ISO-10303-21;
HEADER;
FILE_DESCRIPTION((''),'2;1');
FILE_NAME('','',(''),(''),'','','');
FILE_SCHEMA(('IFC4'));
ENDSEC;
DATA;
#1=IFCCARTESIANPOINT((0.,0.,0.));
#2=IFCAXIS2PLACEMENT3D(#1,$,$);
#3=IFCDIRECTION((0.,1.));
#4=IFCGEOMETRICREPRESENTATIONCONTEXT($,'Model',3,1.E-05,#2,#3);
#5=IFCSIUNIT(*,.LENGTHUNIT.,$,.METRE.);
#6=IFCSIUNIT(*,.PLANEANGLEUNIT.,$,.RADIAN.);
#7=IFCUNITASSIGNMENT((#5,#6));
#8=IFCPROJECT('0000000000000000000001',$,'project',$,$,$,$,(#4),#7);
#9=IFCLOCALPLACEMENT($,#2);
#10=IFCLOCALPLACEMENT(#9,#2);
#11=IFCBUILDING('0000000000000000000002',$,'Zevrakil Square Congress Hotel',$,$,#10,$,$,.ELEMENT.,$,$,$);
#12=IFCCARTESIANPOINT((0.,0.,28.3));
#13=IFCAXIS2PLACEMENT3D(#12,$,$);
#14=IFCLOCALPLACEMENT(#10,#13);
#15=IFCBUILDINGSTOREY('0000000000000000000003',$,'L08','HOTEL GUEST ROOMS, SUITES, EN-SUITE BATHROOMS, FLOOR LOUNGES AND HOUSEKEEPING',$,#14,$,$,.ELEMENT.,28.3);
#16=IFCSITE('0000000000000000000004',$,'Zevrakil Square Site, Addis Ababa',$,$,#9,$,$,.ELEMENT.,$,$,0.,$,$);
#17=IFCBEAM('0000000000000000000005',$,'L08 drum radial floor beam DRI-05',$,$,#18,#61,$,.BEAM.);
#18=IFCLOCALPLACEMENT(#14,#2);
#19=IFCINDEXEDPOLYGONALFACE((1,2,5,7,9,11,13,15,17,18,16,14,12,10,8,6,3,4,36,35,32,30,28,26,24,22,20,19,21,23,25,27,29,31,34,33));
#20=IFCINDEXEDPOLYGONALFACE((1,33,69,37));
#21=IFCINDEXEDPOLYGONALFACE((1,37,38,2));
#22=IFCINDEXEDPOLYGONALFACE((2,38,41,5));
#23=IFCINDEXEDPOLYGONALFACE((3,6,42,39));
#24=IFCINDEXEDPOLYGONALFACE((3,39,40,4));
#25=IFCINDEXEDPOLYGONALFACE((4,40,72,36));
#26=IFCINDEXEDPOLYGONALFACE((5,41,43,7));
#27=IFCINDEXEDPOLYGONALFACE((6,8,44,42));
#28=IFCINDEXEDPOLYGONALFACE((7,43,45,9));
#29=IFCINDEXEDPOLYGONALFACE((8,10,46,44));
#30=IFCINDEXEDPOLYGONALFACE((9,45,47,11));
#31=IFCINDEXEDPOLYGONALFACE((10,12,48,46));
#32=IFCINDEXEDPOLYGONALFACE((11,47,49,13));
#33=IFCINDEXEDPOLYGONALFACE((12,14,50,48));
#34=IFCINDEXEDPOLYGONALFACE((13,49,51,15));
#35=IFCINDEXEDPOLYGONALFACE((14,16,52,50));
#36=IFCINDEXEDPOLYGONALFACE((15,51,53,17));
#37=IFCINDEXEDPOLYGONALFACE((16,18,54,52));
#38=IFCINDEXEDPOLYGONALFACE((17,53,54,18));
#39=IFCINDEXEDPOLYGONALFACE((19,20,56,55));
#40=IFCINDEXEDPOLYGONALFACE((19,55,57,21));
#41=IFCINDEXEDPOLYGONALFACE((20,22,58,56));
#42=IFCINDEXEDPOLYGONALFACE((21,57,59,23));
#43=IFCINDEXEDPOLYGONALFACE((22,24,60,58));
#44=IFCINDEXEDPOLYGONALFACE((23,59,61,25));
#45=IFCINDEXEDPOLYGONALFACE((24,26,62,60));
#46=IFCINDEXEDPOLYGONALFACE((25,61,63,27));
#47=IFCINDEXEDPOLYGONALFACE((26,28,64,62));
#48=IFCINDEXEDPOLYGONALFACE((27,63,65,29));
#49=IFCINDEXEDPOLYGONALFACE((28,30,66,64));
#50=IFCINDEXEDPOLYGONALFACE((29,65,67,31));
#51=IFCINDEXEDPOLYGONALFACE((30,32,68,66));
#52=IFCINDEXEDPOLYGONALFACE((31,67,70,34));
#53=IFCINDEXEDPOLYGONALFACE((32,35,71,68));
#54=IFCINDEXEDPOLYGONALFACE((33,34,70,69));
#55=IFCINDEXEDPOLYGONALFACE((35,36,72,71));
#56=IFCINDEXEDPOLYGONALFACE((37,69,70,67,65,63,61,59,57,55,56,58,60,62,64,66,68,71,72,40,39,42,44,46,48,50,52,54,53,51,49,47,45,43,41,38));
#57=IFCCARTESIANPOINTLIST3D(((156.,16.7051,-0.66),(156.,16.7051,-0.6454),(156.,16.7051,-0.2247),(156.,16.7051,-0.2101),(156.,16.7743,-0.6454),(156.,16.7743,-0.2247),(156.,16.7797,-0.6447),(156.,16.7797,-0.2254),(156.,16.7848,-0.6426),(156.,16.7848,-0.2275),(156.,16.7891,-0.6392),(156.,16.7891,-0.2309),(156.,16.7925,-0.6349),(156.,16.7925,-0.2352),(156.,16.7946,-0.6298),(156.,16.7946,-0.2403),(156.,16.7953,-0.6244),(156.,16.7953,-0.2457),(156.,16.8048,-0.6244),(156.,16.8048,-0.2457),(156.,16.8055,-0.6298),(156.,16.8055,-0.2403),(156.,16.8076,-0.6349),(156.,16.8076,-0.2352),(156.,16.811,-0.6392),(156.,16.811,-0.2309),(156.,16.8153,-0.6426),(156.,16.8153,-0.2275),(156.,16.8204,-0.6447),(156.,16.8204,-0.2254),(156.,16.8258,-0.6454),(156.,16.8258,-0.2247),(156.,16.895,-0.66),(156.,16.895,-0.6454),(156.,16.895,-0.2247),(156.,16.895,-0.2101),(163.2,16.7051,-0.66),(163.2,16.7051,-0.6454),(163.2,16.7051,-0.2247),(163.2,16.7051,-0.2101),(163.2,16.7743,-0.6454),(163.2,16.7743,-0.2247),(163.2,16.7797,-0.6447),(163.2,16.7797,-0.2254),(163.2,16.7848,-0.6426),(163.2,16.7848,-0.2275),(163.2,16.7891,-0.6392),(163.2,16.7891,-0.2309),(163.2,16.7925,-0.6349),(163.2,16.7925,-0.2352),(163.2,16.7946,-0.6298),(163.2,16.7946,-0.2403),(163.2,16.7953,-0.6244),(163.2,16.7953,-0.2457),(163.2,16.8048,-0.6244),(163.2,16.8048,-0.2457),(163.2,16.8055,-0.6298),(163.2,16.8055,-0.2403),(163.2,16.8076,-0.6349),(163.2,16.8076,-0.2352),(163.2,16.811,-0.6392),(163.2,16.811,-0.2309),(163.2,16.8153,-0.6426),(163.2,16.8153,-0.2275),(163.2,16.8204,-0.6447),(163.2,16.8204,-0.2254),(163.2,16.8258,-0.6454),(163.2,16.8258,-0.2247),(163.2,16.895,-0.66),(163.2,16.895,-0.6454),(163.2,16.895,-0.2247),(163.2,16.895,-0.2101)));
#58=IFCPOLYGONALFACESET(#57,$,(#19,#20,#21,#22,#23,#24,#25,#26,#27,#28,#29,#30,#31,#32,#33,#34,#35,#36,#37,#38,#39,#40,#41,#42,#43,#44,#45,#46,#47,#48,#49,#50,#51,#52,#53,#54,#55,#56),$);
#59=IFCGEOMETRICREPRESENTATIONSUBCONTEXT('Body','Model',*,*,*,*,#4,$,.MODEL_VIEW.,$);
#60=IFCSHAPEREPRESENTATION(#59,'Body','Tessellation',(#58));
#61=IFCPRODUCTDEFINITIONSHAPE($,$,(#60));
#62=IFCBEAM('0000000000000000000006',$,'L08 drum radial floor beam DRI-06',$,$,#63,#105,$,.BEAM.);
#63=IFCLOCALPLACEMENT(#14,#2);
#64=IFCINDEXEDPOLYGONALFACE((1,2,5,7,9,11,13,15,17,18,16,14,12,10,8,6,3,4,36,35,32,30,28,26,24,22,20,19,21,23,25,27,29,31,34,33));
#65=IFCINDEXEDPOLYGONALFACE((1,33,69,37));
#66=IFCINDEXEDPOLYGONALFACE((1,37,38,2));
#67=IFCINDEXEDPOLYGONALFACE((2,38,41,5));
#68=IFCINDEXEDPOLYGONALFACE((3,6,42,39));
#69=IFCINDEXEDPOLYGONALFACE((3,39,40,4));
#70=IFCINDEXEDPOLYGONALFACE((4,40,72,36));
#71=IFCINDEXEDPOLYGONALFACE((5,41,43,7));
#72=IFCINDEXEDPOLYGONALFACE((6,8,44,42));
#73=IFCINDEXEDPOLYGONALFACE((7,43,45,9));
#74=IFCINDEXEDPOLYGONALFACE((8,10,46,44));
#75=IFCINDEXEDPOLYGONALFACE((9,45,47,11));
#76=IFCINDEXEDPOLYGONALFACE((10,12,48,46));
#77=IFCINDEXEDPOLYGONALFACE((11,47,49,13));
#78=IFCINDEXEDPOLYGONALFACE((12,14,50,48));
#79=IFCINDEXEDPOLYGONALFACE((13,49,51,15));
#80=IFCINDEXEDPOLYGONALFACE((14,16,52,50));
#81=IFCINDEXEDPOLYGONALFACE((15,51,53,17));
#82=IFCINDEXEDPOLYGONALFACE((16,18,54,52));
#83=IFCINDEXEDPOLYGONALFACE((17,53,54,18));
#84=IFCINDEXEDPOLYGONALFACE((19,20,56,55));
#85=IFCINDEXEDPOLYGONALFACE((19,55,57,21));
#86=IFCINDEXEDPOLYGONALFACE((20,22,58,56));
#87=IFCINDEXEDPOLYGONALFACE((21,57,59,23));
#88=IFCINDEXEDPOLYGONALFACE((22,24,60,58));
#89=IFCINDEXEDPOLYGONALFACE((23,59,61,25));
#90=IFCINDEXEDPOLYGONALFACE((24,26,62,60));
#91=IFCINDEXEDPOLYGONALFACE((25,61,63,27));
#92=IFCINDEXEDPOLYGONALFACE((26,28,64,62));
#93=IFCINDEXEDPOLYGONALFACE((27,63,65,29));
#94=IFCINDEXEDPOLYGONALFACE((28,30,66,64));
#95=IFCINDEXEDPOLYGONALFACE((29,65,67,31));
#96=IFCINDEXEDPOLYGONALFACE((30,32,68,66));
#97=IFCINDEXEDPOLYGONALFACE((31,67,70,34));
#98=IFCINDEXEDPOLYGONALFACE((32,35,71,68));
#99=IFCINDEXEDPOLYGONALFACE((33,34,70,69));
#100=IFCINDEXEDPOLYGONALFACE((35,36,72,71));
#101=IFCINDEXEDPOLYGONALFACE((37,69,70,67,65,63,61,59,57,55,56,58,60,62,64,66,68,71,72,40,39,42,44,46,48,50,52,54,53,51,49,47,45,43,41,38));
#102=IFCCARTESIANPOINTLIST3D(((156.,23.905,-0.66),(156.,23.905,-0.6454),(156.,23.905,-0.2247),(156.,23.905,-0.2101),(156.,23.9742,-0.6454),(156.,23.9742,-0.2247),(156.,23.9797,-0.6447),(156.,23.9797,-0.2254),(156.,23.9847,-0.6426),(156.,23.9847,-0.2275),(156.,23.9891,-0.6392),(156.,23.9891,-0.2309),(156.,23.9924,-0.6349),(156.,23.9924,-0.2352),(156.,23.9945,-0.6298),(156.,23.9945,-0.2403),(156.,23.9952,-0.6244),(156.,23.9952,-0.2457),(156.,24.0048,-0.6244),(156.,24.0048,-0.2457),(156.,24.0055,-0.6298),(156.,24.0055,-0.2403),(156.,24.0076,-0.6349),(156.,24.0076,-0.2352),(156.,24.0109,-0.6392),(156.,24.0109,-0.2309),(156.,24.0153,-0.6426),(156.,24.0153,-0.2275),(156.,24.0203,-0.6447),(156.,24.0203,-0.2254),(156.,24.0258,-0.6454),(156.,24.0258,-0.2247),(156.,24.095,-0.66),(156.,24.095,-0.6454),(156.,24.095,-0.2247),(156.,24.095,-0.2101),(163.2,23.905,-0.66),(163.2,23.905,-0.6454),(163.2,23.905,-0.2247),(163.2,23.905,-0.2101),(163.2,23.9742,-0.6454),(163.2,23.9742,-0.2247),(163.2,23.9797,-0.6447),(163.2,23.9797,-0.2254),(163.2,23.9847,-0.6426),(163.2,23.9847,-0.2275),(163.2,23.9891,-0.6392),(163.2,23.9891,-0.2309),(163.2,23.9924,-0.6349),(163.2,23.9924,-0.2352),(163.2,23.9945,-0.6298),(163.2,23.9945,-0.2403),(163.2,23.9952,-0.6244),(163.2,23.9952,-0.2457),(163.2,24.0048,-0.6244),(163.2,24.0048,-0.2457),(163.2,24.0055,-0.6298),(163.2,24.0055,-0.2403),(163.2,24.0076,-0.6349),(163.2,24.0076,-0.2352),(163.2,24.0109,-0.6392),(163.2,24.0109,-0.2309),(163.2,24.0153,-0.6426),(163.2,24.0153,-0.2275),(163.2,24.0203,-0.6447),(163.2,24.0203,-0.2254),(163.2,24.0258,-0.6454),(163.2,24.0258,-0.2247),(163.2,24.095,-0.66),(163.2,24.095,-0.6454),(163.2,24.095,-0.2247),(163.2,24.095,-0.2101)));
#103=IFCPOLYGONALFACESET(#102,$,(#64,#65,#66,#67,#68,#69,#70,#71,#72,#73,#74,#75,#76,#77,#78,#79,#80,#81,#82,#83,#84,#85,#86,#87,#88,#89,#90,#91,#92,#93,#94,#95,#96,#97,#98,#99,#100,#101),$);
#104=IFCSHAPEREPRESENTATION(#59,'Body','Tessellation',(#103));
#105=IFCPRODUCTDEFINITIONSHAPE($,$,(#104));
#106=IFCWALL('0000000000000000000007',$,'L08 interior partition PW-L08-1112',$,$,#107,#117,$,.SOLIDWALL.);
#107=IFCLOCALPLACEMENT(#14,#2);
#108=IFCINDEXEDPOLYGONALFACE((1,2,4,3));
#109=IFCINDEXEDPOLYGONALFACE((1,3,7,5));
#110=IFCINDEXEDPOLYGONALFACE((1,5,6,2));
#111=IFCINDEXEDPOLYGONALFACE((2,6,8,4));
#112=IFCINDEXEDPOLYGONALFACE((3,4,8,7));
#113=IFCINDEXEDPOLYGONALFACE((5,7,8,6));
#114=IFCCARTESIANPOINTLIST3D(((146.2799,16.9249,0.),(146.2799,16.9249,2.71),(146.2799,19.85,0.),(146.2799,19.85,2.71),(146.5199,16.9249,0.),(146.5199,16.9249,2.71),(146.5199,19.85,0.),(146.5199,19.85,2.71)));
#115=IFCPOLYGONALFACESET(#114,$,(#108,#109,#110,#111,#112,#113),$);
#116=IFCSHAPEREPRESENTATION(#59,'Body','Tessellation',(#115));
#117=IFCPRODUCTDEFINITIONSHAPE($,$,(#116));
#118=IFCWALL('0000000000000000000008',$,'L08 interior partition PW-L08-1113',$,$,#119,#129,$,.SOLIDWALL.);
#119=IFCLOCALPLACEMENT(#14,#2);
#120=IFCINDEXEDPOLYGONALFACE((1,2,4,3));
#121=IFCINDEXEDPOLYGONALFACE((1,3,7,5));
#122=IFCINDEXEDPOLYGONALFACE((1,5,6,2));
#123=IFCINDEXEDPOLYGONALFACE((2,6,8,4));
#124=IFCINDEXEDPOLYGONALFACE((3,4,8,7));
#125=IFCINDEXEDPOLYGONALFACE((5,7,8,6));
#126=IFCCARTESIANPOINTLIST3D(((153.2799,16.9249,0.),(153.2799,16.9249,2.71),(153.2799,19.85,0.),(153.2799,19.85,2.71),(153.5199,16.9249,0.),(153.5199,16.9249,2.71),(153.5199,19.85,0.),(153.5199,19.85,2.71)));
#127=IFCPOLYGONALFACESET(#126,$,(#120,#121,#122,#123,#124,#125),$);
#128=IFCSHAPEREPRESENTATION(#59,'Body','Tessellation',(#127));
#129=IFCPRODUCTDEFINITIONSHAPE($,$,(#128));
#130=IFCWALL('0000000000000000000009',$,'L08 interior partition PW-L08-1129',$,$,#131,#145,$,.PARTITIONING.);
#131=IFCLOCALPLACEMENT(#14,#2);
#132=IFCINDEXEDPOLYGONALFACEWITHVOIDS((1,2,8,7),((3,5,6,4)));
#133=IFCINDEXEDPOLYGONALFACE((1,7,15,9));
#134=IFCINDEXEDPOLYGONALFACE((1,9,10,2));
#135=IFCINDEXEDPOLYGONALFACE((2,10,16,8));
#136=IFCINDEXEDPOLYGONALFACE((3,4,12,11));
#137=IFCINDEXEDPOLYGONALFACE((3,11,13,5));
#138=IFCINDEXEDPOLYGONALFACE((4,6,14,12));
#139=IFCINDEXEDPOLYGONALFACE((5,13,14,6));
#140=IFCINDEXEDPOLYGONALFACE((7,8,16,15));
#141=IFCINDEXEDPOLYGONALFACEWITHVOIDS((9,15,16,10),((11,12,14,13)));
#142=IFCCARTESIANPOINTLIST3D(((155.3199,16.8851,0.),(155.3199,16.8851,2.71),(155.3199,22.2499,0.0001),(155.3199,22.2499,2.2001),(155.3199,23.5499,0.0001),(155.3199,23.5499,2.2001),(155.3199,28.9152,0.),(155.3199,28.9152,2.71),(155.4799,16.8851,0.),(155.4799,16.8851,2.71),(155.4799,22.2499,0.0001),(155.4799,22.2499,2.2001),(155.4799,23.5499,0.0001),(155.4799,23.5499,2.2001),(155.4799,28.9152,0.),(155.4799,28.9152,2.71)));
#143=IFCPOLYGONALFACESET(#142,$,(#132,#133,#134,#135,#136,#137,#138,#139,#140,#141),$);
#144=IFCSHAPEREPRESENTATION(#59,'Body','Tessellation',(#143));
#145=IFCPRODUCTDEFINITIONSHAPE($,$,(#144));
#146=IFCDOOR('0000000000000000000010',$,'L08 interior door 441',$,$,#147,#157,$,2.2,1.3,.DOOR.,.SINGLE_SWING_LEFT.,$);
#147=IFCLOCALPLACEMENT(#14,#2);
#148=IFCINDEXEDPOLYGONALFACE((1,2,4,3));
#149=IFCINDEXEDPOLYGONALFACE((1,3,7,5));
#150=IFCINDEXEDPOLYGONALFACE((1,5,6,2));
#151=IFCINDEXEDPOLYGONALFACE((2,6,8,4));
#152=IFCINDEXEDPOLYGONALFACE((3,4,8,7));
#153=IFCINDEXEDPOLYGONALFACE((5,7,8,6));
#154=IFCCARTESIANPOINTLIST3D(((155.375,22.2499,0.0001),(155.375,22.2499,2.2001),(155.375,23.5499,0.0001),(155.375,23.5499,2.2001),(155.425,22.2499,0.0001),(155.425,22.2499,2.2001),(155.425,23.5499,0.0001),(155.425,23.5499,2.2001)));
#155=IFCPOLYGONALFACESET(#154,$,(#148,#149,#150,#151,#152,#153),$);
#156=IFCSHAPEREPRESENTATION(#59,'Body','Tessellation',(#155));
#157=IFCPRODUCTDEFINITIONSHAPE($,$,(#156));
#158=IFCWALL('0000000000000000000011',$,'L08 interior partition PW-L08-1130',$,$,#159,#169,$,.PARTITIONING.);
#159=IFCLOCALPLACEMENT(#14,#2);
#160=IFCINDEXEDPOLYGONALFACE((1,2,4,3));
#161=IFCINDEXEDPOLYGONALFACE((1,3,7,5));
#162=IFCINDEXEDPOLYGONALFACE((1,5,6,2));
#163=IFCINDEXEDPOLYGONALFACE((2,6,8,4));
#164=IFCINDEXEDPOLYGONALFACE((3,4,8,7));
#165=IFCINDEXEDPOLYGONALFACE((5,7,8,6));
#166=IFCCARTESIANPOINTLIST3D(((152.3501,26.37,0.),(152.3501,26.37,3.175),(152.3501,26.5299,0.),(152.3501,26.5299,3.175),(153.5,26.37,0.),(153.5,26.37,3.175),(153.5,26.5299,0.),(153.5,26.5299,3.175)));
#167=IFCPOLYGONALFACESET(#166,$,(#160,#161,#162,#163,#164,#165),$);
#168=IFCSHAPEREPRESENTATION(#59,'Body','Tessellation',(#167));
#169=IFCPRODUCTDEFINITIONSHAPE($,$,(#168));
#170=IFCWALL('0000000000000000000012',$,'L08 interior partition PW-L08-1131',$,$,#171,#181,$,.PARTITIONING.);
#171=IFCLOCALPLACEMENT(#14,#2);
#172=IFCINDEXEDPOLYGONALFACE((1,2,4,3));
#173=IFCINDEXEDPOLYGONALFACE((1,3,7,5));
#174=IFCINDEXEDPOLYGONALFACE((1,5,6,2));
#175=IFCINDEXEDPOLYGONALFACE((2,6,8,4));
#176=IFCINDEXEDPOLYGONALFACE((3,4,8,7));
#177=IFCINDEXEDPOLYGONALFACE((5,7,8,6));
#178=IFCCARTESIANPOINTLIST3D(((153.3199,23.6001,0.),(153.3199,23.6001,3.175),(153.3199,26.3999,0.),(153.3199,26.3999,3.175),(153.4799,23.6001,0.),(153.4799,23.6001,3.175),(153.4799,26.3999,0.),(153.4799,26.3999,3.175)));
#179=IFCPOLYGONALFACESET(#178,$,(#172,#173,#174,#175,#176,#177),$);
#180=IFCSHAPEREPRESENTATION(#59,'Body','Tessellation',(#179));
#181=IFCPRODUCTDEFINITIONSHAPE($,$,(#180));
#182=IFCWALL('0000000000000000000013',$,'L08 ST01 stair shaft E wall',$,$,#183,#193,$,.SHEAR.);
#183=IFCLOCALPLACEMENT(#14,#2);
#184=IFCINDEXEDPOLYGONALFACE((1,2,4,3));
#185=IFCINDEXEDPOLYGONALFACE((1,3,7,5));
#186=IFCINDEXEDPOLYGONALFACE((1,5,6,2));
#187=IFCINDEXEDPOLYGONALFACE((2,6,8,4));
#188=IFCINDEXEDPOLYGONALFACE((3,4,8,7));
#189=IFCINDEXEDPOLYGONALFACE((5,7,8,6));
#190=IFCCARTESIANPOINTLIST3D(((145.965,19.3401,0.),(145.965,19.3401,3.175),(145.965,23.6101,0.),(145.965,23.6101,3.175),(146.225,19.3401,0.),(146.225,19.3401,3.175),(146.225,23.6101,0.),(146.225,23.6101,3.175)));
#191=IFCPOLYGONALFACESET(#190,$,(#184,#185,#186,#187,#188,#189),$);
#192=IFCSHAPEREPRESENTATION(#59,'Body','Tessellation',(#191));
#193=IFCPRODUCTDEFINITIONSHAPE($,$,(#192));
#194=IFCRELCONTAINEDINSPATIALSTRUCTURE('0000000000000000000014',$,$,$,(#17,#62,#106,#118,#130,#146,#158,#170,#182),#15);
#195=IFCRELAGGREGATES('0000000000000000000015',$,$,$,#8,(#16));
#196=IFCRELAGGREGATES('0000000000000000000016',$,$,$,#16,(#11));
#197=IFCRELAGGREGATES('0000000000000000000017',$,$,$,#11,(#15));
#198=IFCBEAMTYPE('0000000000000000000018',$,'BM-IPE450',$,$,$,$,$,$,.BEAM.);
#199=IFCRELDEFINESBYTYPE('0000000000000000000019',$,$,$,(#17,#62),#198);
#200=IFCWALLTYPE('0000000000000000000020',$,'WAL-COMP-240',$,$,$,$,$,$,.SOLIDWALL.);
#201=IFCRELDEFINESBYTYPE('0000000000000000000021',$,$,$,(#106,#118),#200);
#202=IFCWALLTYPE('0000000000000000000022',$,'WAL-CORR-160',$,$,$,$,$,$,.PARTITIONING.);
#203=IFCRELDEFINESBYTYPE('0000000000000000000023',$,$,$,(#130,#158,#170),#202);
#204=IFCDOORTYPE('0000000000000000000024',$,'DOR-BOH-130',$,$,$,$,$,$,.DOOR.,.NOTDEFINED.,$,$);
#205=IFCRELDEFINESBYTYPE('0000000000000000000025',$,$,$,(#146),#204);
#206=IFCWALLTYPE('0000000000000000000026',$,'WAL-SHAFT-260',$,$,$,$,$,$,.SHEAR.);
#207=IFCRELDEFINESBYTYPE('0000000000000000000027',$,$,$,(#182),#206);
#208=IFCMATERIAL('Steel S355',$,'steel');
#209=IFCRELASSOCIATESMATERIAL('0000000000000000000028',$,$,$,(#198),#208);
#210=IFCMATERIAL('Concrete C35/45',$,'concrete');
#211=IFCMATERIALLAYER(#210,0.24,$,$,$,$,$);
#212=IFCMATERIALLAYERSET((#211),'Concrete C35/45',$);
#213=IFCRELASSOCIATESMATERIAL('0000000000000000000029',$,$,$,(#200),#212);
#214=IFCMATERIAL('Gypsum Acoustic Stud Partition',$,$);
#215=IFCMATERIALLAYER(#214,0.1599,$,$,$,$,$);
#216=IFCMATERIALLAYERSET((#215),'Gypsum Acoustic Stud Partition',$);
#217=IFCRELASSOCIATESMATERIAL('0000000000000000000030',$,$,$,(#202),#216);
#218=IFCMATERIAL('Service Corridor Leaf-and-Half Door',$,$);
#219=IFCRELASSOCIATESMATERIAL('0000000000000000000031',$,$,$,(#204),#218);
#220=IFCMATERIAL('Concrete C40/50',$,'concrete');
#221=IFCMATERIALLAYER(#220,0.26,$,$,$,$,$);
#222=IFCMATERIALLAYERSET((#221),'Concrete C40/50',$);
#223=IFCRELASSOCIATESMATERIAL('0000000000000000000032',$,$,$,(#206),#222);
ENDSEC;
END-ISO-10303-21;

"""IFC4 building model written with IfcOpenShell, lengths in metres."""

from ifc_helpers import new_model, si_unit, direction, frame, frame_2d, origin, origin_2d, place, context, subcontext, project, spatial, rectangle, i_section, extrude, material, layer, layer_set, material_profile, profile_set, type_object, element, fill, save


model = new_model("IFC4")

# Units and contexts
model_context = context("Model", 3, precision=1e-05, world=origin(), true_north=direction((0.0, 1.0)))
body_context = subcontext(model_context, "Body", "Model", "MODEL_VIEW")
ifc_project = project(units=[si_unit("LENGTHUNIT", "METRE"), si_unit("PLANEANGLEUNIT", "RADIAN")], contexts=[model_context])

# Site, building, storey
site_placement = place(None, origin())
site = spatial("IfcSite", under=ifc_project, at=site_placement, Name="Zevrakil Square Site, Addis Ababa", CompositionType="ELEMENT", RefElevation=0.0)
building_placement = place(site_placement, origin())
building = spatial("IfcBuilding", under=site, at=building_placement, Name="Zevrakil Square Congress Hotel", CompositionType="ELEMENT")
storey_placement = place(building_placement, frame((0.0, 0.0, 28.3)))
storey = spatial("IfcBuildingStorey", under=building, at=storey_placement, Name="L08", Description="HOTEL GUEST ROOMS, SUITES, EN-SUITE BATHROOMS, FLOOR LOUNGES AND HOUSEKEEPING", CompositionType="ELEMENT", Elevation=28.3)

# Beams
ifc_material_1 = material(Name="Steel S355", Category="steel")
ifc_material_profile_1 = material_profile(ifc_material_1, i_section(OverallWidth=0.1899, OverallDepth=0.45, WebThickness=0.0095, FlangeThickness=0.0146, FilletRadius=0.021, at=origin_2d()), Name="IPE 450")
ifc_profile_set_1 = profile_set([ifc_material_profile_1], Name="Steel S355")
beam_type = type_object("IfcBeamType", Name="BM-IPE450", PredefinedType="BEAM", material=ifc_profile_set_1)
for number, where, z_axis, x_axis, name in (
    (1, (156.0, 16.8, -0.4351), (1.0, 0.0, 0.0), (0.0, 1.0, 0.0), "L08 drum radial floor beam DRI-05"),
    (2, (156.0, 24.0, -0.4351), (1.0, 0.0, 0.0), (0.0, 1.0, 0.0), "L08 drum radial floor beam DRI-06"),
):
    element("IfcBeam", number, at=place(storey_placement, frame(where, z_axis=z_axis, x_axis=x_axis)), inside=storey, type_object=beam_type, Name=name, PredefinedType="BEAM", context=body_context, shape_type="SweptSolid", body=[
        extrude(i_section(OverallWidth=0.1899, OverallDepth=0.45, WebThickness=0.0095, FlangeThickness=0.0146, FilletRadius=0.021, at=origin_2d()), origin(), (0.0, 0.0, 1.0), 7.2),
    ])

# Walls
ifc_material_2 = material(Name="Concrete C35/45", Category="concrete")
ifc_layer_1 = layer(ifc_material_2, 0.24)
ifc_layer_set_1 = layer_set([ifc_layer_1], Name="Concrete C35/45")
wall_type_1 = type_object("IfcWallType", Name="WAL-COMP-240", PredefinedType="SOLIDWALL", material=ifc_layer_set_1)
for number, where, z_axis, x_axis, name in (
    (3, (146.3999, 16.925, 0.0), (0.0, 0.0, 1.0), (0.0, 1.0, 0.0), "L08 interior partition PW-L08-1112"),
    (4, (153.3999, 16.925, 0.0), (0.0, 0.0, 1.0), (0.0, 1.0, 0.0), "L08 interior partition PW-L08-1113"),
):
    element("IfcWall", number, at=place(storey_placement, frame(where, z_axis=z_axis, x_axis=x_axis)), inside=storey, type_object=wall_type_1, Name=name, PredefinedType="SOLIDWALL", context=body_context, shape_type="SweptSolid", body=[
        extrude(rectangle(XDim=2.925, YDim=0.24, at=frame_2d((1.4624, 0.0))), origin(), (0.0, 0.0, 1.0), 2.71),
    ])

# Wall, opening, door
ifc_material_3 = material(Name="Gypsum Acoustic Stud Partition")
ifc_layer_2 = layer(ifc_material_3, 0.1599)
ifc_layer_set_2 = layer_set([ifc_layer_2], Name="Gypsum Acoustic Stud Partition")
wall_type_2 = type_object("IfcWallType", Name="WAL-CORR-160", PredefinedType="PARTITIONING", material=ifc_layer_set_2)
wall_1_placement = place(storey_placement, frame((155.3999, 16.885, 0.0), z_axis=(0.0, 0.0, 1.0), x_axis=(0.0, 1.0, 0.0)))
wall_1 = element("IfcWall", 5, at=wall_1_placement, inside=storey, type_object=wall_type_2, Name="L08 interior partition PW-L08-1129", PredefinedType="PARTITIONING", context=body_context, shape_type="SweptSolid", body=[
    extrude(rectangle(XDim=12.03, YDim=0.1599, at=frame_2d((6.0151, 0.0))), origin(), (0.0, 0.0, 1.0), 2.71),
])
opening_1_placement = place(wall_1_placement, frame((5.365, 0.0, 0.0)))
opening_1 = element("IfcOpeningElement", 6, at=opening_1_placement, cuts=wall_1, PredefinedType="OPENING", context=body_context, shape_type="SweptSolid", body=[
    extrude(rectangle(XDim=1.3, YDim=2.2, at=frame_2d((0.6499, 1.1001))), frame((0.0, 0.0898, 0.0), z_axis=(0.0, -1.0, 0.0), x_axis=(1.0, 0.0, 0.0)), (0.0, 0.0, 1.0), 0.1799),
])
ifc_material_4 = material(Name="Service Corridor Leaf-and-Half Door")
door_type_1 = type_object("IfcDoorType", Name="DOR-BOH-130", OperationType="NOTDEFINED", PredefinedType="DOOR", material=ifc_material_4)
door_1_placement = place(opening_1_placement, origin())
door_1 = element("IfcDoor", 7, at=door_1_placement, inside=storey, type_object=door_type_1, Name="L08 interior door 441", OperationType="SINGLE_SWING_LEFT", OverallHeight=2.2, OverallWidth=1.3, PredefinedType="DOOR", context=body_context, shape_type="SweptSolid", body=[
    extrude(rectangle(XDim=1.3, YDim=2.2, at=frame_2d((0.6499, 1.1001))), frame((0.0, 0.0249, 0.0), z_axis=(0.0, -1.0, 0.0), x_axis=(1.0, 0.0, 0.0)), (0.0, 0.0, 1.0), 0.05),
])
fill(opening_1, door_1)

# Walls
wall_2_placement = place(storey_placement, frame((152.3501, 26.45, 0.0), z_axis=(0.0, 0.0, 1.0), x_axis=(1.0, 0.0, 0.0)))
element("IfcWall", 8, at=wall_2_placement, inside=storey, type_object=wall_type_2, Name="L08 interior partition PW-L08-1130", PredefinedType="PARTITIONING", context=body_context, shape_type="SweptSolid", body=[
    extrude(rectangle(XDim=1.1499, YDim=0.1599, at=frame_2d((0.575, 0.0))), origin(), (0.0, 0.0, 1.0), 3.175),
])
wall_3_placement = place(storey_placement, frame((153.3999, 23.6001, 0.0), z_axis=(0.0, 0.0, 1.0), x_axis=(0.0, 1.0, 0.0)))
element("IfcWall", 9, at=wall_3_placement, inside=storey, type_object=wall_type_2, Name="L08 interior partition PW-L08-1131", PredefinedType="PARTITIONING", context=body_context, shape_type="SweptSolid", body=[
    extrude(rectangle(XDim=2.7998, YDim=0.1599, at=frame_2d((1.3999, 0.0))), origin(), (0.0, 0.0, 1.0), 3.175),
])
ifc_material_5 = material(Name="Concrete C40/50", Category="concrete")
ifc_layer_3 = layer(ifc_material_5, 0.26)
ifc_layer_set_3 = layer_set([ifc_layer_3], Name="Concrete C40/50")
wall_type_3 = type_object("IfcWallType", Name="WAL-SHAFT-260", PredefinedType="SHEAR", material=ifc_layer_set_3)
wall_4_placement = place(storey_placement, frame((146.095, 19.3401, 0.0), z_axis=(0.0, 0.0, 1.0), x_axis=(0.0, 1.0, 0.0)))
element("IfcWall", 10, at=wall_4_placement, inside=storey, type_object=wall_type_3, Name="L08 ST01 stair shaft E wall", PredefinedType="SHEAR", context=body_context, shape_type="SweptSolid", body=[
    extrude(rectangle(XDim=4.27, YDim=0.26, at=frame_2d((2.135, 0.0))), origin(), (0.0, 0.0, 1.0), 3.175),
])

save(model, "model.ifc")
